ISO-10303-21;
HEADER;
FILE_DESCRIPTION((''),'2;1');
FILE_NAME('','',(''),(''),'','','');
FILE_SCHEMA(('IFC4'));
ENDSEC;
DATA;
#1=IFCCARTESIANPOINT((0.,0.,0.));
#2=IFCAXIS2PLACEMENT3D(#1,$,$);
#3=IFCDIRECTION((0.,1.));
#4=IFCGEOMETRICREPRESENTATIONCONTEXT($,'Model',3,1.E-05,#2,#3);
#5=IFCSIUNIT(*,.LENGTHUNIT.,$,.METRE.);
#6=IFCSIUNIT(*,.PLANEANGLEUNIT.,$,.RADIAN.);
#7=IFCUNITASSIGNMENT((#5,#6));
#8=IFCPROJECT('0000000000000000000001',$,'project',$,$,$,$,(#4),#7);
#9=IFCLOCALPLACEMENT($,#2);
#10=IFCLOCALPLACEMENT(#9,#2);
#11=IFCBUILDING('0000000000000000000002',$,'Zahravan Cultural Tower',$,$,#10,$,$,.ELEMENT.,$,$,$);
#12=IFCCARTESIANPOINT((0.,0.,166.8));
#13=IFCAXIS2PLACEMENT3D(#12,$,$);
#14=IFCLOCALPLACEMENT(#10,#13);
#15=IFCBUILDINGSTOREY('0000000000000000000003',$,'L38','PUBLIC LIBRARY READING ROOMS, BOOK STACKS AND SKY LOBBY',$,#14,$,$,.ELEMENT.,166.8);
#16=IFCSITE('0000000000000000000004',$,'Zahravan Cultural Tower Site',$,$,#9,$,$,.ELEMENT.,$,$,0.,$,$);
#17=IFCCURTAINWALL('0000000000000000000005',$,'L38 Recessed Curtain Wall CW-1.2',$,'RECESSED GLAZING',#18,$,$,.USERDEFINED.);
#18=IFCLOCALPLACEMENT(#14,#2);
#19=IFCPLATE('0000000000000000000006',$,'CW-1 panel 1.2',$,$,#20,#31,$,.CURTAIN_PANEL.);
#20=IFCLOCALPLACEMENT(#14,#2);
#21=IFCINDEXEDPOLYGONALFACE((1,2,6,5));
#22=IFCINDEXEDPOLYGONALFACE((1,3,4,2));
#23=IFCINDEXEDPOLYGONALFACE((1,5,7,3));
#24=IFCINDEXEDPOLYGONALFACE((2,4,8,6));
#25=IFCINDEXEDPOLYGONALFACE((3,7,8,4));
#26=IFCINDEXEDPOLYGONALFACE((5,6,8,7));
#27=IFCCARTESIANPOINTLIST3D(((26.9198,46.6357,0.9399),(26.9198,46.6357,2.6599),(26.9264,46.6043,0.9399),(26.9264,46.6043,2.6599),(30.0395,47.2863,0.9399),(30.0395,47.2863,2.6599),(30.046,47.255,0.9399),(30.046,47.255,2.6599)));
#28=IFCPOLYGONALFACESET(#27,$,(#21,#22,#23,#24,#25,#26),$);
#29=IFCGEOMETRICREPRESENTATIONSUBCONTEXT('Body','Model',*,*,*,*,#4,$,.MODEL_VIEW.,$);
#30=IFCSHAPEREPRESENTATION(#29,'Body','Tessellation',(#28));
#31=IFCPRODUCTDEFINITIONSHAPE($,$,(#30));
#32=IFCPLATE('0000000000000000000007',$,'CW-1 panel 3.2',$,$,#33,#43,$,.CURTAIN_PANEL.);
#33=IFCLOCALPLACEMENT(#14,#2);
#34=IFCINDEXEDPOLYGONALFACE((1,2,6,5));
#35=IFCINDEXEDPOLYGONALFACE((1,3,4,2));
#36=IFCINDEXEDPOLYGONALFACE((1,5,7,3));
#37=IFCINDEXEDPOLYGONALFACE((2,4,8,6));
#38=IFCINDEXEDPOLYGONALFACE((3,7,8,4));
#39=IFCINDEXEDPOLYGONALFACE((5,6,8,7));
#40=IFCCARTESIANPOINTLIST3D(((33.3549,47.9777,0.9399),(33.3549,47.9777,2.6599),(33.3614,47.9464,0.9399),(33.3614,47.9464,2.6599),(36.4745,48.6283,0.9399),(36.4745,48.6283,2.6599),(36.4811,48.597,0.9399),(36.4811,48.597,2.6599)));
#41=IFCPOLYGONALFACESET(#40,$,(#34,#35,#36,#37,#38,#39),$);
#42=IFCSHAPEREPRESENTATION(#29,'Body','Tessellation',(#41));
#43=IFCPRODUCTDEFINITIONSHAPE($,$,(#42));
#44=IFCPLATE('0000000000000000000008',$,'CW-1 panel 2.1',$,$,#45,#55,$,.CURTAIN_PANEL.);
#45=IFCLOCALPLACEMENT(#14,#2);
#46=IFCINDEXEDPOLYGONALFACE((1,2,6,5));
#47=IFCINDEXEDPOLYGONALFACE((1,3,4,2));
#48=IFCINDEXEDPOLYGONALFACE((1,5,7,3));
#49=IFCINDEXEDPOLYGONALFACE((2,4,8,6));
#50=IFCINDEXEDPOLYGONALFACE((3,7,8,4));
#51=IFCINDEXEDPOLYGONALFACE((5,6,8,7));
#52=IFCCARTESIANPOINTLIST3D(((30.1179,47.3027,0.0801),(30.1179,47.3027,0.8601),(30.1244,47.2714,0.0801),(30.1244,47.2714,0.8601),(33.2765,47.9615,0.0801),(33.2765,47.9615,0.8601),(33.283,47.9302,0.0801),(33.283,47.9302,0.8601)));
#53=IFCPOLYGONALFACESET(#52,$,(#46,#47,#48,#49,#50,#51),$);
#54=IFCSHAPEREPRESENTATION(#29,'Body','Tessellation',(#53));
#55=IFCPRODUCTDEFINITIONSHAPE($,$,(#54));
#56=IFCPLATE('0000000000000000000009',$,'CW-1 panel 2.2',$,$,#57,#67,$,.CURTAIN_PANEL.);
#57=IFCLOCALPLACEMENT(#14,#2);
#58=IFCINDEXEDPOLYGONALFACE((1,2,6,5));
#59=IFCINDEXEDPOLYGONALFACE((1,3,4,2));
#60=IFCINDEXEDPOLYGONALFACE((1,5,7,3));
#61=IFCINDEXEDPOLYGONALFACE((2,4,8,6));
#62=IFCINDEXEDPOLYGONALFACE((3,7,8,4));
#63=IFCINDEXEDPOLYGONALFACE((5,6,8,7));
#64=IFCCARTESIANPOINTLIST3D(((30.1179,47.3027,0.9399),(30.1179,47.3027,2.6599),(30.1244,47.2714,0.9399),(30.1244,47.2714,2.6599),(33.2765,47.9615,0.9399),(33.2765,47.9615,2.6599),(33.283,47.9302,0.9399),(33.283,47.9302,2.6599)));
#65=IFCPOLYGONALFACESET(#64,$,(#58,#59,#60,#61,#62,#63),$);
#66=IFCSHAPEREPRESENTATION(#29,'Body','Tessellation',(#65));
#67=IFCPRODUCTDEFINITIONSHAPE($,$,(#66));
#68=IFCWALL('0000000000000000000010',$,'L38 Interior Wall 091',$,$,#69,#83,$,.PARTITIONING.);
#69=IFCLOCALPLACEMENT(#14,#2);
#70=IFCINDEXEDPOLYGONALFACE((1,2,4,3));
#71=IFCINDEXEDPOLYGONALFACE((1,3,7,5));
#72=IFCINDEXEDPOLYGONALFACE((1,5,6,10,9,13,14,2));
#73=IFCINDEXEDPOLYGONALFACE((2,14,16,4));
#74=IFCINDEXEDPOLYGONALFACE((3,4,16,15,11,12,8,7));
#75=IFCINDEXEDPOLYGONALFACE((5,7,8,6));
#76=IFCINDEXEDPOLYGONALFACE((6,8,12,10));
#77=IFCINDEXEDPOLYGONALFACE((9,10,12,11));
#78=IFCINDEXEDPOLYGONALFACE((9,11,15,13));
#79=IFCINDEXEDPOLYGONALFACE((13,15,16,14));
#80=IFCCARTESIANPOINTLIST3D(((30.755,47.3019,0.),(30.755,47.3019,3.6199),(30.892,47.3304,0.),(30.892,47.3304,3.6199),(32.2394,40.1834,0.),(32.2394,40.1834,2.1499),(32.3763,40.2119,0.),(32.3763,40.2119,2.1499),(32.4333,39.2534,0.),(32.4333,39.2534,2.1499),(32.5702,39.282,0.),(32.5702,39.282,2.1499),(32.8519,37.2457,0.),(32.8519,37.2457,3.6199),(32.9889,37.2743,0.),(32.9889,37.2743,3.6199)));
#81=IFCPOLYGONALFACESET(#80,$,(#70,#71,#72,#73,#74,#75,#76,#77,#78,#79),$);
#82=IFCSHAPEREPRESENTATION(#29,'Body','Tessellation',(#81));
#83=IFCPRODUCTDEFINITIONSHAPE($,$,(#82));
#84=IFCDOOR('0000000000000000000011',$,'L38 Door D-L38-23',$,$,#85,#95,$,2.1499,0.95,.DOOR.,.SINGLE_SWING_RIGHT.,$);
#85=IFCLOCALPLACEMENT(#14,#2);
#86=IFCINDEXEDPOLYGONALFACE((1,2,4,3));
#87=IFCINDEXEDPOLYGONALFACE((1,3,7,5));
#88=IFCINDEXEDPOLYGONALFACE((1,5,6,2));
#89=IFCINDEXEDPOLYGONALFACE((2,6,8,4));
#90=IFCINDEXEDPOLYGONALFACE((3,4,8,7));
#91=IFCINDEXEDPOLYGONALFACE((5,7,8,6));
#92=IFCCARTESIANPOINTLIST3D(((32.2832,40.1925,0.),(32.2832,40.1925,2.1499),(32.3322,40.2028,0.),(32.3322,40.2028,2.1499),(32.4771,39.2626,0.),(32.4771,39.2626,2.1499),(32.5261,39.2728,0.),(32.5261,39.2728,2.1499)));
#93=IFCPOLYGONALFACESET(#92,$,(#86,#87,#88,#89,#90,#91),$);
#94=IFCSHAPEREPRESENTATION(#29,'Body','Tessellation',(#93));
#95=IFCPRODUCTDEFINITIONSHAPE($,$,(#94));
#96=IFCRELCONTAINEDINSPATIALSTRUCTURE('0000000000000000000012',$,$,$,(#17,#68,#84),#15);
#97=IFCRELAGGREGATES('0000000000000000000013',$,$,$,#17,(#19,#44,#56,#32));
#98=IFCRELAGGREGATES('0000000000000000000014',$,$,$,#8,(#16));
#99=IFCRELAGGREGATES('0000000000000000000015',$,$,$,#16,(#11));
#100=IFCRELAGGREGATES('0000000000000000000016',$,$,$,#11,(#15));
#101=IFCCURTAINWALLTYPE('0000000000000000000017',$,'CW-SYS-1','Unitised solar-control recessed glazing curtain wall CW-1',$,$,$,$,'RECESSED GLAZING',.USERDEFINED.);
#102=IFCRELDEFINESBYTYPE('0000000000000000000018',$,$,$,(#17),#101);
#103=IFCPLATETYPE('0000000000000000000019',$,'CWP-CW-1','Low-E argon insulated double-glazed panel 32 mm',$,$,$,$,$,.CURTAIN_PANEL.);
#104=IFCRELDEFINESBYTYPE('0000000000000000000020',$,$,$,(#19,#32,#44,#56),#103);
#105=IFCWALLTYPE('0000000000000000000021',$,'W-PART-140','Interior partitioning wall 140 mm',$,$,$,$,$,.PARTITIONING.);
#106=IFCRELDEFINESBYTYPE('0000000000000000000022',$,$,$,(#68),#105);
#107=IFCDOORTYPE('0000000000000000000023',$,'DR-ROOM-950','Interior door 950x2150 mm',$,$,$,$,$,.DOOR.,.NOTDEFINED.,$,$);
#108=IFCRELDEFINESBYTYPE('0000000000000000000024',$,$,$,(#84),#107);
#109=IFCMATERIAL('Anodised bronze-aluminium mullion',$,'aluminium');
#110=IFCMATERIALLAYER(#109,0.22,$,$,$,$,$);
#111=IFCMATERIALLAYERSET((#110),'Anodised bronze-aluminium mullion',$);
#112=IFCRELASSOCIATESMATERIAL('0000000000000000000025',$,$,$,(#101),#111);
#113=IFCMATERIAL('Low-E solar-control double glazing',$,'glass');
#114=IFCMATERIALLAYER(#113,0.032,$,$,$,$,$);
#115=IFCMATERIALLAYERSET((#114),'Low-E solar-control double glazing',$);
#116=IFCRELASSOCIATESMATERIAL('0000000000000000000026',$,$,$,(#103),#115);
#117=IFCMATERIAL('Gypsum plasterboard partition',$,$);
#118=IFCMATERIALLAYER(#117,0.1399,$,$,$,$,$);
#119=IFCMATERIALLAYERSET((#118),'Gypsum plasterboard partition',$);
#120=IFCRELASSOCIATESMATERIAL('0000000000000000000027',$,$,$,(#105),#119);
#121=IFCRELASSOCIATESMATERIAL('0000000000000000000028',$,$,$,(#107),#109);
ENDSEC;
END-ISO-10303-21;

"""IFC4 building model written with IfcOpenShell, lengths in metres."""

from ifc_helpers import new_model, si_unit, direction, frame, frame_2d, origin, origin_2d, place, context, subcontext, project, spatial, rectangle, extrude, source, transform, mapped, material, layer, layer_set, type_object, element, fill, aggregate, save


model = new_model("IFC4")

# Units and contexts
model_context = context("Model", 3, precision=1e-05, world=origin(), true_north=direction((0.0, 1.0)))
body_context = subcontext(model_context, "Body", "Model", "MODEL_VIEW")
ifc_project = project(units=[si_unit("LENGTHUNIT", "METRE"), si_unit("PLANEANGLEUNIT", "RADIAN")], contexts=[model_context])

# Site, building, storey
site_placement = place(None, origin())
site = spatial("IfcSite", under=ifc_project, at=site_placement, Name="Zahravan Cultural Tower Site", CompositionType="ELEMENT", RefElevation=0.0)
building_placement = place(site_placement, origin())
building = spatial("IfcBuilding", under=site, at=building_placement, Name="Zahravan Cultural Tower", CompositionType="ELEMENT")
storey_placement = place(building_placement, frame((0.0, 0.0, 166.8)))
storey = spatial("IfcBuildingStorey", under=building, at=storey_placement, Name="L38", Description="PUBLIC LIBRARY READING ROOMS, BOOK STACKS AND SKY LOBBY", CompositionType="ELEMENT", Elevation=166.8)

# Curtain wall, plates
ifc_material_1 = material(Name="Anodised bronze-aluminium mullion", Category="aluminium")
ifc_layer_1 = layer(ifc_material_1, 0.22)
ifc_layer_set_1 = layer_set([ifc_layer_1], Name="Anodised bronze-aluminium mullion")
curtain_wall_type = type_object("IfcCurtainWallType", Name="CW-SYS-1", Description="Unitised solar-control recessed glazing curtain wall CW-1", ElementType="RECESSED GLAZING", PredefinedType="USERDEFINED", material=ifc_layer_set_1)
curtain_wall_placement = place(storey_placement, origin())
curtain_wall = element("IfcCurtainWall", 1, at=curtain_wall_placement, inside=storey, type_object=curtain_wall_type, Name="L38 Recessed Curtain Wall CW-1.2", ObjectType="RECESSED GLAZING", PredefinedType="USERDEFINED")
ifc_material_2 = material(Name="Low-E solar-control double glazing", Category="glass")
ifc_layer_2 = layer(ifc_material_2, 0.032)
ifc_layer_set_2 = layer_set([ifc_layer_2], Name="Low-E solar-control double glazing")
plate_type = type_object("IfcPlateType", Name="CWP-CW-1", Description="Low-E argon insulated double-glazed panel 32 mm", PredefinedType="CURTAIN_PANEL", material=ifc_layer_set_2)
shared_shape_1 = source(origin(), body_context, "Body", "SweptSolid", [
    extrude(rectangle(XDim=3.1868, YDim=0.032, at=origin_2d()), origin(), (0.0, 0.0, 1.0), 1.72),
])
plate_1_placement = place(storey_placement, frame((28.4829, 46.9453, 0.9399), z_axis=(0.0, 0.0, 1.0), x_axis=(0.978937, 0.204162, 0.0)))
plate_1 = element("IfcPlate", 2, at=plate_1_placement, type_object=plate_type, Name="CW-1 panel 1.2", PredefinedType="CURTAIN_PANEL", context=body_context, shape_type="MappedRepresentation", body=[
    mapped(shared_shape_1, transform((0.0, 0.0, 0.0), x_axis=(1.0, 0.0, 0.0), y_axis=(0.0, 1.0, 0.0), z_axis=(0.0, 0.0, 1.0), scale=1.0)),
])
plate_2_placement = place(storey_placement, frame((34.918, 48.2874, 0.9399), z_axis=(0.0, 0.0, 1.0), x_axis=(0.978937, 0.204162, 0.0)))
plate_2 = element("IfcPlate", 3, at=plate_2_placement, type_object=plate_type, Name="CW-1 panel 3.2", PredefinedType="CURTAIN_PANEL", context=body_context, shape_type="MappedRepresentation", body=[
    mapped(shared_shape_1, transform((0.0, 0.0, 0.0), x_axis=(1.0, 0.0, 0.0), y_axis=(0.0, 1.0, 0.0), z_axis=(0.0, 0.0, 1.0), scale=1.0)),
])
shared_shape_2 = source(origin(), body_context, "Body", "SweptSolid", [
    extrude(rectangle(XDim=3.2266, YDim=0.032, at=origin_2d()), origin(), (0.0, 0.0, 1.0), 0.78),
])
plate_3_placement = place(storey_placement, frame((31.7004, 47.6165, 0.0801), z_axis=(0.0, 0.0, 1.0), x_axis=(0.978937, 0.204162, 0.0)))
plate_3 = element("IfcPlate", 4, at=plate_3_placement, type_object=plate_type, Name="CW-1 panel 2.1", PredefinedType="CURTAIN_PANEL", context=body_context, shape_type="MappedRepresentation", body=[
    mapped(shared_shape_2, transform((0.0, 0.0, 0.0), x_axis=(1.0, 0.0, 0.0), y_axis=(0.0, 1.0, 0.0), z_axis=(0.0, 0.0, 1.0), scale=1.0)),
])
shared_shape_3 = source(origin(), body_context, "Body", "SweptSolid", [
    extrude(rectangle(XDim=3.2266, YDim=0.032, at=origin_2d()), origin(), (0.0, 0.0, 1.0), 1.72),
])
plate_4_placement = place(storey_placement, frame((31.7004, 47.6165, 0.9399), z_axis=(0.0, 0.0, 1.0), x_axis=(0.978937, 0.204162, 0.0)))
plate_4 = element("IfcPlate", 5, at=plate_4_placement, type_object=plate_type, Name="CW-1 panel 2.2", PredefinedType="CURTAIN_PANEL", context=body_context, shape_type="MappedRepresentation", body=[
    mapped(shared_shape_3, transform((0.0, 0.0, 0.0), x_axis=(1.0, 0.0, 0.0), y_axis=(0.0, 1.0, 0.0), z_axis=(0.0, 0.0, 1.0), scale=1.0)),
])
aggregate(curtain_wall, [plate_1, plate_3, plate_4, plate_2])

# Wall, opening, door
ifc_material_3 = material(Name="Gypsum plasterboard partition")
ifc_layer_3 = layer(ifc_material_3, 0.1399)
ifc_layer_set_3 = layer_set([ifc_layer_3], Name="Gypsum plasterboard partition")
wall_type = type_object("IfcWallType", Name="W-PART-140", Description="Interior partitioning wall 140 mm", PredefinedType="PARTITIONING", material=ifc_layer_set_3)
wall_placement = place(storey_placement, frame((30.8235, 47.3162, 0.0), z_axis=(0.0, 0.0, 1.0), x_axis=(0.204131, -0.978944, 0.0)))
wall = element("IfcWall", 6, at=wall_placement, inside=storey, type_object=wall_type, Name="L38 Interior Wall 091", PredefinedType="PARTITIONING", context=body_context, shape_type="SweptSolid", body=[
    extrude(rectangle(XDim=10.2725, YDim=0.1399, at=frame_2d((5.1362, 0.0))), origin(), (0.0, 0.0, 1.0), 3.6199),
])
opening_placement = place(wall_placement, frame((7.2715, 0.0, 0.0)))
opening = element("IfcOpeningElement", 7, at=opening_placement, cuts=wall, PredefinedType="OPENING", context=body_context, shape_type="SweptSolid", body=[
    extrude(rectangle(XDim=0.95, YDim=2.1499, at=frame_2d((0.4751, 1.075))), frame((0.0, 0.0798, 0.0), z_axis=(0.0, -1.0, 0.0), x_axis=(1.0, 0.0, 0.0)), (0.0, 0.0, 1.0), 0.1599),
])
door_type = type_object("IfcDoorType", Name="DR-ROOM-950", Description="Interior door 950x2150 mm", OperationType="NOTDEFINED", PredefinedType="DOOR", material=ifc_material_1)
shared_shape_4 = source(origin(), body_context, "Body", "SweptSolid", [
    extrude(rectangle(XDim=0.95, YDim=2.1499, at=frame_2d((0.4751, 1.075))), frame((0.0, 0.0249, 0.0), z_axis=(0.0, -1.0, 0.0), x_axis=(1.0, 0.0, 0.0)), (0.0, 0.0, 1.0), 0.05),
])
door_placement = place(opening_placement, origin())
door = element("IfcDoor", 8, at=door_placement, inside=storey, type_object=door_type, Name="L38 Door D-L38-23", OperationType="SINGLE_SWING_RIGHT", OverallHeight=2.1499, OverallWidth=0.95, PredefinedType="DOOR", context=body_context, shape_type="MappedRepresentation", body=[
    mapped(shared_shape_4, transform((0.0, 0.0, 0.0), x_axis=(1.0, 0.0, 0.0), y_axis=(0.0, 1.0, 0.0), z_axis=(0.0, 0.0, 1.0), scale=1.0)),
])
fill(opening, door)

save(model, "model.ifc")
